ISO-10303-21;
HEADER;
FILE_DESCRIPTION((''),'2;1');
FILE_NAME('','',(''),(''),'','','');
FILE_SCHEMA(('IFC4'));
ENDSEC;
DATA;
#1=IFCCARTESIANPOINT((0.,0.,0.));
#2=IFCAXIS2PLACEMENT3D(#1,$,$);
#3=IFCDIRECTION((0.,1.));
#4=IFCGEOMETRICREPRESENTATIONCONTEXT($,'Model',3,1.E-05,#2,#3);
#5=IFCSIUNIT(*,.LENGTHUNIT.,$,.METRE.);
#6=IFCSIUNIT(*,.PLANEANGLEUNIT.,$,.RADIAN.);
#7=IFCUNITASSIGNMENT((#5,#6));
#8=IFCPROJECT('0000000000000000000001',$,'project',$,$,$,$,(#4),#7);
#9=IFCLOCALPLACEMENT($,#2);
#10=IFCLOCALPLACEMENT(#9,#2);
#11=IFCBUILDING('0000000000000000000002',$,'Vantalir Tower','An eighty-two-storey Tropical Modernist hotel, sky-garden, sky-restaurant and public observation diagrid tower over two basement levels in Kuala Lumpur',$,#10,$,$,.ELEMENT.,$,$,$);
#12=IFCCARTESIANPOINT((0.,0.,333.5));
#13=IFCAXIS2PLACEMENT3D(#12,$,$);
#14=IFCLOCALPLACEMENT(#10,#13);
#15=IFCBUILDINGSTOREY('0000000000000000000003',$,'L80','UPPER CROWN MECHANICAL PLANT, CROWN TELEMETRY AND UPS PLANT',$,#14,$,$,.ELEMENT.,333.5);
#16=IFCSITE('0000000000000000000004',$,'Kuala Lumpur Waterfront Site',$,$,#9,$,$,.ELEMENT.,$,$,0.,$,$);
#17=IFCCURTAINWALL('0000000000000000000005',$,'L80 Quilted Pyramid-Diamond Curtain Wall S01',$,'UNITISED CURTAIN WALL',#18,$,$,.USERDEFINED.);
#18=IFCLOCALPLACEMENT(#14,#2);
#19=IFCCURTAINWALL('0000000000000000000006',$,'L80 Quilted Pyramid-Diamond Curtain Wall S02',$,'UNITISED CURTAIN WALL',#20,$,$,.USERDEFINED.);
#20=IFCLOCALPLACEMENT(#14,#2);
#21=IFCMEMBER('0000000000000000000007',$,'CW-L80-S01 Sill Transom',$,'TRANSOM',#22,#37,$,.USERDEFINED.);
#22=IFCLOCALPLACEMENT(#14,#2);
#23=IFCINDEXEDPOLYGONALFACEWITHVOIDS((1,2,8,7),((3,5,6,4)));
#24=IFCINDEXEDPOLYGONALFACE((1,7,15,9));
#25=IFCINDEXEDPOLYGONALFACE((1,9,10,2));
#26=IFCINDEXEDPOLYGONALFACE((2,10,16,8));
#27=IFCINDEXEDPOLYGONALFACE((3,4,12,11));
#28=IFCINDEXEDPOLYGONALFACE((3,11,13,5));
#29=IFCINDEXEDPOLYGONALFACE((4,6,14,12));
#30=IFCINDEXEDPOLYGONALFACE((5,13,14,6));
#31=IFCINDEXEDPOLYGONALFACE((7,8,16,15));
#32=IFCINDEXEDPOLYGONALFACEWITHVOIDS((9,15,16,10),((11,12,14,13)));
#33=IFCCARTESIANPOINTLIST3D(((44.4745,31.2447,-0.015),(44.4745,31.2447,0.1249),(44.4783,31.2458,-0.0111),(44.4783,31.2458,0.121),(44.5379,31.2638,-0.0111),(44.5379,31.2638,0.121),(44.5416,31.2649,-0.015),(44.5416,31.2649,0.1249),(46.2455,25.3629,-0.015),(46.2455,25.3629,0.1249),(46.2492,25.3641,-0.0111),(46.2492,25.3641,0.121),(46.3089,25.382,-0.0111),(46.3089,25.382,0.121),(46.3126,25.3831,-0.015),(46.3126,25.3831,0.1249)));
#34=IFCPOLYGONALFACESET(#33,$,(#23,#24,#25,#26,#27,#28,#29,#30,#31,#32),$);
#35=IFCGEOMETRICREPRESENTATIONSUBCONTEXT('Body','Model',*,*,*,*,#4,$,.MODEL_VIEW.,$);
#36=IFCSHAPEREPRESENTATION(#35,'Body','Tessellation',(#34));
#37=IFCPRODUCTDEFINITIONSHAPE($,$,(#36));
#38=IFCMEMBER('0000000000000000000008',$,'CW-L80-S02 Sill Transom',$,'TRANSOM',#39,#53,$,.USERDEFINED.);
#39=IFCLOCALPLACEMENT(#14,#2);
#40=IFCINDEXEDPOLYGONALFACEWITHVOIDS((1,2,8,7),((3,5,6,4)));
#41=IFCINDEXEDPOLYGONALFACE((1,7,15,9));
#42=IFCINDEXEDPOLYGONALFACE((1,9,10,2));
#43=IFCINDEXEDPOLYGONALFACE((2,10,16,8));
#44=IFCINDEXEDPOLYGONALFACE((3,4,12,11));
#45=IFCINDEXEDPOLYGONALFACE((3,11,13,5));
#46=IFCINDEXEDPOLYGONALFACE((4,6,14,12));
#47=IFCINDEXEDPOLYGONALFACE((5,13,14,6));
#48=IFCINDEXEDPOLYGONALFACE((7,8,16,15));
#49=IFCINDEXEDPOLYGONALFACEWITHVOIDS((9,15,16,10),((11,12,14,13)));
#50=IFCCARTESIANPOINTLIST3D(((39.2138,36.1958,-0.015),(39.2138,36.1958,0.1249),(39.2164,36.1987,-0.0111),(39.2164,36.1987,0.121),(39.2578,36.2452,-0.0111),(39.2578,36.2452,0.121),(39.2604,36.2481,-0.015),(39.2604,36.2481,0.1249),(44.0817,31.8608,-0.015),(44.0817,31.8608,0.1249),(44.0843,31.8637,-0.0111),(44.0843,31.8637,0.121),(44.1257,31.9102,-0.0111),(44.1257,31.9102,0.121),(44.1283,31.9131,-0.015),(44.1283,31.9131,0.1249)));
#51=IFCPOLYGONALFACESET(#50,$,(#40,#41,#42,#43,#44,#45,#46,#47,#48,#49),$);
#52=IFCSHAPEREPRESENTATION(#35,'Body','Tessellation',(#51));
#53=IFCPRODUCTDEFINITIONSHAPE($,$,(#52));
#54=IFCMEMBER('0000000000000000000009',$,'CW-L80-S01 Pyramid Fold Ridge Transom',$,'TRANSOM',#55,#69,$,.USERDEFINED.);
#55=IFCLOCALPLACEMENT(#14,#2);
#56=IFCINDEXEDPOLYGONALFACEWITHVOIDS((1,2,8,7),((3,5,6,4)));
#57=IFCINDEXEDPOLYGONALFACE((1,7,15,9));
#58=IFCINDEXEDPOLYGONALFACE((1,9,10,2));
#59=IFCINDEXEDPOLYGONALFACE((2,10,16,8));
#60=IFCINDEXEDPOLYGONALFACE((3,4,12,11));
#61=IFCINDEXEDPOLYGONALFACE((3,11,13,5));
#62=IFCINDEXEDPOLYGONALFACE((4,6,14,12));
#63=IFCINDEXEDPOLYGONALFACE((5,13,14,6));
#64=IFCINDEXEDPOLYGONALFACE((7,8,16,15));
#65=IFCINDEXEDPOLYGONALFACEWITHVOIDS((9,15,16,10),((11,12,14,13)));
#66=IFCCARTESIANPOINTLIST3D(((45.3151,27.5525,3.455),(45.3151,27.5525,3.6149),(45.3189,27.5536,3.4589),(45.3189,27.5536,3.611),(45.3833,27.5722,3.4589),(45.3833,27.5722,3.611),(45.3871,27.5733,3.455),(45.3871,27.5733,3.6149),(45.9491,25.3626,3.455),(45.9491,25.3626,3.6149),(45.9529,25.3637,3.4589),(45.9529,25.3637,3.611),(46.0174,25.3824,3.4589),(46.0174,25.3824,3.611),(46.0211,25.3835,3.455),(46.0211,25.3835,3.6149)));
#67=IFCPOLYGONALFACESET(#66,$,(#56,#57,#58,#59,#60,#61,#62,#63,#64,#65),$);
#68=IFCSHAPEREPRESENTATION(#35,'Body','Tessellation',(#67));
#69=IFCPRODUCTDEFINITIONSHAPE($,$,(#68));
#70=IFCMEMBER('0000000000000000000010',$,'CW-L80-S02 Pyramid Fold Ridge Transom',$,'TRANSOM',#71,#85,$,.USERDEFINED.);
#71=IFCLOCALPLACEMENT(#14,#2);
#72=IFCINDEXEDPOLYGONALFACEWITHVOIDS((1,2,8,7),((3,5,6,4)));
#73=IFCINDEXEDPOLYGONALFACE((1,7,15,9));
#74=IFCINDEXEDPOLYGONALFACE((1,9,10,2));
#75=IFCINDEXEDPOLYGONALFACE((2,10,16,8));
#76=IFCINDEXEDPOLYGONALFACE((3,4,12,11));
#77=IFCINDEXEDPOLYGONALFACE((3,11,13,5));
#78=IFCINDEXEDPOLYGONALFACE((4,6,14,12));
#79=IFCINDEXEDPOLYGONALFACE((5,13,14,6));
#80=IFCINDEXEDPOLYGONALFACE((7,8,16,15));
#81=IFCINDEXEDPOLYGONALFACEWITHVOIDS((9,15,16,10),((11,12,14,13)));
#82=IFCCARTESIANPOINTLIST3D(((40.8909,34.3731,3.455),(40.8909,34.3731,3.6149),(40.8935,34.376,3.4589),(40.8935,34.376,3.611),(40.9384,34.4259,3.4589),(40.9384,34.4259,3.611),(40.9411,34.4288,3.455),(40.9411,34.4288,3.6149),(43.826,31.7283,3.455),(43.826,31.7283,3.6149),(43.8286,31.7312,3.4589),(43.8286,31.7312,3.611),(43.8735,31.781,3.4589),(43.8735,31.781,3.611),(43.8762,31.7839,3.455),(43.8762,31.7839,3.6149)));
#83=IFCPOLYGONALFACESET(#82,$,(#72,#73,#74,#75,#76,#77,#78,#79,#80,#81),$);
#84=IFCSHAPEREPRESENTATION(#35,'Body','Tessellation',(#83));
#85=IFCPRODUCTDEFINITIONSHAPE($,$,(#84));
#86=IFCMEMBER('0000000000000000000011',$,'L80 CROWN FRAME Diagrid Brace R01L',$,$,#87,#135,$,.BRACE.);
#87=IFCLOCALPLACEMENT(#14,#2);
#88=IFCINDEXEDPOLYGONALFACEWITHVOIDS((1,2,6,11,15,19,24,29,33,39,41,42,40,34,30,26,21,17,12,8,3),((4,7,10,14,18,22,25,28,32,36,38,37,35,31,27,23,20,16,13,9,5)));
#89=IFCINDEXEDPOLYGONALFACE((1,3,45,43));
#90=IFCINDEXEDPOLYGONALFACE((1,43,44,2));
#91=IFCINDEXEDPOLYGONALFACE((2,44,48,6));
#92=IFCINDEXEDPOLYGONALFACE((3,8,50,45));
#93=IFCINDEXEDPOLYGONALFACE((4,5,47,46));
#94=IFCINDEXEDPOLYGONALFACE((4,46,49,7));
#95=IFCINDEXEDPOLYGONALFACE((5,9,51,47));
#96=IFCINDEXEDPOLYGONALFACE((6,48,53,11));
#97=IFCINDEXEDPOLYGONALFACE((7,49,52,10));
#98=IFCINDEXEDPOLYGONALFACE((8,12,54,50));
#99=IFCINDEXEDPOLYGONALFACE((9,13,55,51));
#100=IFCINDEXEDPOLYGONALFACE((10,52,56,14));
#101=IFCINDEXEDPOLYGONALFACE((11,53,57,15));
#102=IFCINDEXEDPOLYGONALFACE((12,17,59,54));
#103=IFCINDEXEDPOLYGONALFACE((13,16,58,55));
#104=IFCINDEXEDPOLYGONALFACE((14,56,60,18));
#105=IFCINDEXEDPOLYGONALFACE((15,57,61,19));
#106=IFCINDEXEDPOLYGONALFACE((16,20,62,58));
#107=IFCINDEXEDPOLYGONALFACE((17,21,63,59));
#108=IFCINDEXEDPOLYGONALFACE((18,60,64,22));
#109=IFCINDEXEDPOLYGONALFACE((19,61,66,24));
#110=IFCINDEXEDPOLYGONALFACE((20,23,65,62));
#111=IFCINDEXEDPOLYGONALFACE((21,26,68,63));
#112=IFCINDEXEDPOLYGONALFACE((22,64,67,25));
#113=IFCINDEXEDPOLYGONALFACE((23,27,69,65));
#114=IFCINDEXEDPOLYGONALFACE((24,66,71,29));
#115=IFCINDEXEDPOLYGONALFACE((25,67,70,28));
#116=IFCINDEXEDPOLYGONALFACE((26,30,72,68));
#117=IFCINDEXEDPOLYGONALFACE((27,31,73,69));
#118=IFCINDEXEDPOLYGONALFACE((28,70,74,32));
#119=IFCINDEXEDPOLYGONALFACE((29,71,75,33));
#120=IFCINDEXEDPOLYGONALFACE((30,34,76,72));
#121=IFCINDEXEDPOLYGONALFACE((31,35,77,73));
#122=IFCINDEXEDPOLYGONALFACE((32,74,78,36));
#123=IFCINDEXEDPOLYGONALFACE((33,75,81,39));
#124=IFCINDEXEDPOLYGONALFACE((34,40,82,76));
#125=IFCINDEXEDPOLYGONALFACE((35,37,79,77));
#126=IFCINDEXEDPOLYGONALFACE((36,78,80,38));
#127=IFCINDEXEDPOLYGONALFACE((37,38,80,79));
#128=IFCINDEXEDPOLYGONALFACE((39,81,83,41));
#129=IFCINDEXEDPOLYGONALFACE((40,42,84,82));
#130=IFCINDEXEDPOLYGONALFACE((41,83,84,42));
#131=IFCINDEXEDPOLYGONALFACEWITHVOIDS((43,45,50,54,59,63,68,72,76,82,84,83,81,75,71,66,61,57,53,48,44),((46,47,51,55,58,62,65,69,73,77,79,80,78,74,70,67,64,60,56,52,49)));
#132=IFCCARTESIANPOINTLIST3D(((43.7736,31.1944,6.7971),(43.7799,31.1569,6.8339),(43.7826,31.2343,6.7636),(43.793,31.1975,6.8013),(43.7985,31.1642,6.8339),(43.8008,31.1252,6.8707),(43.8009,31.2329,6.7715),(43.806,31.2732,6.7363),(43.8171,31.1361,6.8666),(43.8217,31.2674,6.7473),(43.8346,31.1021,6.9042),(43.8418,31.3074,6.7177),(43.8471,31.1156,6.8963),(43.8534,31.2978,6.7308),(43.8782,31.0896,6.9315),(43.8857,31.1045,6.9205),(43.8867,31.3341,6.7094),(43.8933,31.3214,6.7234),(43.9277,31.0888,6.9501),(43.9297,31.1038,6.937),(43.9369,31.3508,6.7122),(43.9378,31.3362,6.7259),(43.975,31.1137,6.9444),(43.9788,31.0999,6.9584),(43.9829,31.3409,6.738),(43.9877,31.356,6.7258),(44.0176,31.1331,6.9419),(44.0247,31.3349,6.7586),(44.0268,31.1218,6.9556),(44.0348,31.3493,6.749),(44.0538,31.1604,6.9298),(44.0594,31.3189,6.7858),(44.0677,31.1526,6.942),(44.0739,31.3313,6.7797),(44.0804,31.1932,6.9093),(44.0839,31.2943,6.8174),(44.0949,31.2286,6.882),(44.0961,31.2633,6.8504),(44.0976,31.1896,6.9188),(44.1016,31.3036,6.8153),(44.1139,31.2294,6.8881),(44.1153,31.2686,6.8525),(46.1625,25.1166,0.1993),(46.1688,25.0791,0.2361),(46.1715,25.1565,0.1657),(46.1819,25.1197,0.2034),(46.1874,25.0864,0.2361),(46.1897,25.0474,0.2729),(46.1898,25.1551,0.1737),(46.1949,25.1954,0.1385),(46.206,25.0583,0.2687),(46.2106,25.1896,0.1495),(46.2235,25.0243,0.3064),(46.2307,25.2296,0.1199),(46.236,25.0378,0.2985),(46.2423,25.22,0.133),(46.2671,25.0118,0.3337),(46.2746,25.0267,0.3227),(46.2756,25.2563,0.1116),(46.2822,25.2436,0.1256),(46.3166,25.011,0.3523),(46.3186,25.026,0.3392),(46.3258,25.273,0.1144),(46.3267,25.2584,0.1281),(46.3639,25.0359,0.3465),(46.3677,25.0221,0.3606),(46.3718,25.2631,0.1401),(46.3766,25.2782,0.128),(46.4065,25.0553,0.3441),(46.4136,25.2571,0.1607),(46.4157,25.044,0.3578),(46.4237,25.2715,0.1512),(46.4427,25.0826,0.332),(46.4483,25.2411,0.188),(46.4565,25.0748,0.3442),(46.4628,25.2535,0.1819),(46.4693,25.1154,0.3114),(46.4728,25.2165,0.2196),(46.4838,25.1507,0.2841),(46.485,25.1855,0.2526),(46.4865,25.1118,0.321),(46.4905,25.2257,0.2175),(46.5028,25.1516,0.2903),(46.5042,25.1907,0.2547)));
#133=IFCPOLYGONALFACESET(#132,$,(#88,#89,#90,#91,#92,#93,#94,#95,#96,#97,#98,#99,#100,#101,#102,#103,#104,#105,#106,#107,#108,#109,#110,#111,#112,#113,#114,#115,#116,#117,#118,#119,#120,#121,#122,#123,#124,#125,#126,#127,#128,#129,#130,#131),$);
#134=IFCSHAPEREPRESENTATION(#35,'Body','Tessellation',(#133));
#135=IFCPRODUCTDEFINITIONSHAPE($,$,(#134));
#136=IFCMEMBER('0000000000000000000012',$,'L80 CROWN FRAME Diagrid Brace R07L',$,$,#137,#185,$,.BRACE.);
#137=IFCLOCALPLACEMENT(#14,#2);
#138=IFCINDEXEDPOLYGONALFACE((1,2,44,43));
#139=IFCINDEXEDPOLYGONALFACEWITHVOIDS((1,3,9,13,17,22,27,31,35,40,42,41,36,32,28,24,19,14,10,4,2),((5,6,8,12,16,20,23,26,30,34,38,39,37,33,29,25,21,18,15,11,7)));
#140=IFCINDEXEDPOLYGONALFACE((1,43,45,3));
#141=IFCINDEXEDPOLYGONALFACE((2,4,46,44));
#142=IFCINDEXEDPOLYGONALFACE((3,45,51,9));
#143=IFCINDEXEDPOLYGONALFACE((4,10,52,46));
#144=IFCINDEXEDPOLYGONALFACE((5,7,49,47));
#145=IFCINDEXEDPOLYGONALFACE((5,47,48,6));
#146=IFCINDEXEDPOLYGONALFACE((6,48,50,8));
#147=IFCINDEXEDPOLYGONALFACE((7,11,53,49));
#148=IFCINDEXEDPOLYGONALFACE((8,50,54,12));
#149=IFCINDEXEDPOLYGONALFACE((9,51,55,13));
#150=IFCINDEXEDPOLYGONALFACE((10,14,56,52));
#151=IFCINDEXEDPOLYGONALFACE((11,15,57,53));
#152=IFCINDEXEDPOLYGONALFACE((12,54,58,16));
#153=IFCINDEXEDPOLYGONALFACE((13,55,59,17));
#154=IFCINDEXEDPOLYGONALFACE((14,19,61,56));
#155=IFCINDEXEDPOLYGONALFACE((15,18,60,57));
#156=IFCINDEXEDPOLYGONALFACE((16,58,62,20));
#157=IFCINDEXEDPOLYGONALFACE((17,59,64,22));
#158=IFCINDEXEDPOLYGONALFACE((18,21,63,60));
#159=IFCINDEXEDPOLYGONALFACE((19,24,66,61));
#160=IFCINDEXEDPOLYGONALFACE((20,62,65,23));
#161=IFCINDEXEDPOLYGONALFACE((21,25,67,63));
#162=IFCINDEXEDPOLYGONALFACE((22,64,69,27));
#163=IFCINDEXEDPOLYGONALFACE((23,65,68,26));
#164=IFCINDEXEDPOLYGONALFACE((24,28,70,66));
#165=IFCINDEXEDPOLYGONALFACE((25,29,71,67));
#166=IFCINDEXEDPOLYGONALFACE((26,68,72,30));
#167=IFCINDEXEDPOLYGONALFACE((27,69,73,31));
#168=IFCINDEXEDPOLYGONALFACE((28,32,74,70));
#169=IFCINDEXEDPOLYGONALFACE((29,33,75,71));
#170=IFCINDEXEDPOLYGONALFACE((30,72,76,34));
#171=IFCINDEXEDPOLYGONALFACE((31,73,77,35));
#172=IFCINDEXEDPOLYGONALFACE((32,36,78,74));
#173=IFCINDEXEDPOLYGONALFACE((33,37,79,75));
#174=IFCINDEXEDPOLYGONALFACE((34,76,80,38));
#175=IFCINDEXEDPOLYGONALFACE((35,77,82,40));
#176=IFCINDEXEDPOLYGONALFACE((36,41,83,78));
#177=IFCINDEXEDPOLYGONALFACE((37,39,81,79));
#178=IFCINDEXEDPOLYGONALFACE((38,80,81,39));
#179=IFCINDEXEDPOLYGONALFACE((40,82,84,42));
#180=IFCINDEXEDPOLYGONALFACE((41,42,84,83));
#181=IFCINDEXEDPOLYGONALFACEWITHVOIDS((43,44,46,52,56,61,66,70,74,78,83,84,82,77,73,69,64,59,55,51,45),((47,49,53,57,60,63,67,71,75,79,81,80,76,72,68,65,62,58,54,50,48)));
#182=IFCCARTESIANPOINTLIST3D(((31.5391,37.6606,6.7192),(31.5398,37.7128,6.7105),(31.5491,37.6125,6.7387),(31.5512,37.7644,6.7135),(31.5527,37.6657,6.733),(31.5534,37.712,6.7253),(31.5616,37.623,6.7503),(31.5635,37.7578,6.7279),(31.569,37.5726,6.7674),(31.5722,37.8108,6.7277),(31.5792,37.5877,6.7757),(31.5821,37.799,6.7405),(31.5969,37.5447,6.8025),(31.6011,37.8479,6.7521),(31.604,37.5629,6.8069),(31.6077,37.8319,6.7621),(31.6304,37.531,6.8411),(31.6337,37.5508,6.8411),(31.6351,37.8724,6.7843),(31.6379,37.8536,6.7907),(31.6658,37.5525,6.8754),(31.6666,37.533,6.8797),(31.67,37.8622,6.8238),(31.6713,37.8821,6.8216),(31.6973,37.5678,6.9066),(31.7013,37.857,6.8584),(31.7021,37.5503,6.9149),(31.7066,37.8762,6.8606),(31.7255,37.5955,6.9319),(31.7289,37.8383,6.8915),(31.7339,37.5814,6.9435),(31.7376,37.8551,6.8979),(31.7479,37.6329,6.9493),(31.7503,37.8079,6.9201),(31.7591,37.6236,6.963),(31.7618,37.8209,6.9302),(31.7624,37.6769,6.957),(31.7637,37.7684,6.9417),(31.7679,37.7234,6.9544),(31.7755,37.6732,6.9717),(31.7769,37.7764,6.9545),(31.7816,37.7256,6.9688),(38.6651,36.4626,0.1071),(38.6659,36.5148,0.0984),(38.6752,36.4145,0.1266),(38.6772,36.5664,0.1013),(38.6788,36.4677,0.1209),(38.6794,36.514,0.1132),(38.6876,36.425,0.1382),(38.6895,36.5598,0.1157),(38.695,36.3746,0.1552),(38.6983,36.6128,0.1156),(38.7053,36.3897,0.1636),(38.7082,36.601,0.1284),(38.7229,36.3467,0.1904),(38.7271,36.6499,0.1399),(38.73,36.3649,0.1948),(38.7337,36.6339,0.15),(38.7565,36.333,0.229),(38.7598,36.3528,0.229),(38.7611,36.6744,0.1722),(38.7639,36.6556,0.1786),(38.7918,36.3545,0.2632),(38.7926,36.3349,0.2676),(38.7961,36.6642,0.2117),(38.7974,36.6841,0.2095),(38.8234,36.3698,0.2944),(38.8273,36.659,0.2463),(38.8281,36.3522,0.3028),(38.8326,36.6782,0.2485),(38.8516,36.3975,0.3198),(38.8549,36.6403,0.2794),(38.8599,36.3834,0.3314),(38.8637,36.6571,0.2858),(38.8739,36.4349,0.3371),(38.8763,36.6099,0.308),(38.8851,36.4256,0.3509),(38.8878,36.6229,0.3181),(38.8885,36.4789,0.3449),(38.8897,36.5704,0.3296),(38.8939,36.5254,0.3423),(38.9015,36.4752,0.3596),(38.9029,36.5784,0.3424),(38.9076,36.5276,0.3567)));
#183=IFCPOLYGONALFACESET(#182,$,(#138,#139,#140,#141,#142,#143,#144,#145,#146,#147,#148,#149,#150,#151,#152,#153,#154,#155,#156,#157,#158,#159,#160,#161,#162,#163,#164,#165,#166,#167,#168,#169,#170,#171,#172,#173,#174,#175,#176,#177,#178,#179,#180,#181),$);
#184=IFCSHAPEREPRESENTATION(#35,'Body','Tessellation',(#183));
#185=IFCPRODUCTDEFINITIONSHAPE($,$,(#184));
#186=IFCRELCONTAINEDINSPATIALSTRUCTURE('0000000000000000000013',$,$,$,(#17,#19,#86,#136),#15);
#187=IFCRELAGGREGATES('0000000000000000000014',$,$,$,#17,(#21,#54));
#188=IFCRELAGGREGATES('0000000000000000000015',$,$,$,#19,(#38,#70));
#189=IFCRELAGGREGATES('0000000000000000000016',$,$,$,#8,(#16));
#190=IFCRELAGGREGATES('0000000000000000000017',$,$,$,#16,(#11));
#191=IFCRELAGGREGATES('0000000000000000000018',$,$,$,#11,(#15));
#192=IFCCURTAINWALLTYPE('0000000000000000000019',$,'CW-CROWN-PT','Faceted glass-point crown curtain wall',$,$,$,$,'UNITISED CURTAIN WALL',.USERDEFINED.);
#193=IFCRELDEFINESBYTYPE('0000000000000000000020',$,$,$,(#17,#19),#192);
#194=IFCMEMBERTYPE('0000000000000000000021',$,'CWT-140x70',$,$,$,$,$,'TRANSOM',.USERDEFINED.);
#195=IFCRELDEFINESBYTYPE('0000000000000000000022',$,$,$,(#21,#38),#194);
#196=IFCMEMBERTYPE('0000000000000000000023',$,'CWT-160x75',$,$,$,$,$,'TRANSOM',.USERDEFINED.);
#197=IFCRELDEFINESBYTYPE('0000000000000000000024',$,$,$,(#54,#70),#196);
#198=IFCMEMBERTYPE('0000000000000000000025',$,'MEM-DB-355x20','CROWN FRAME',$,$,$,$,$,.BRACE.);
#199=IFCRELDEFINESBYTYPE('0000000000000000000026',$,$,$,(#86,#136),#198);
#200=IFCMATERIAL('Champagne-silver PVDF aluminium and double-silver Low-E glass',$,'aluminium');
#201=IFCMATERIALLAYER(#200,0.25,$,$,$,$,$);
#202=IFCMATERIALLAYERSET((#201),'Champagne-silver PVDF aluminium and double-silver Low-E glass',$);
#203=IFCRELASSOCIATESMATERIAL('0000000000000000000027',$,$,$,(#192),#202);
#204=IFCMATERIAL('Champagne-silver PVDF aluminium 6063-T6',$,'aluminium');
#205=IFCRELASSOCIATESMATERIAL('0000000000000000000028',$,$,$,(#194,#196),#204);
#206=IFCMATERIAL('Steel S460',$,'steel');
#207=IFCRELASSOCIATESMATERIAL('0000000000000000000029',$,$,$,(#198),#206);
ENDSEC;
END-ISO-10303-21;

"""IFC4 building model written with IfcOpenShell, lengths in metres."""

from ifc_helpers import new_model, si_unit, direction, frame, origin, origin_2d, place, context, subcontext, project, spatial, hollow_rectangle, hollow_circle, extrude, material, layer, layer_set, material_profile, profile_set, type_object, element, aggregate, save


model = new_model("IFC4")

# Units and contexts
model_context = context("Model", 3, precision=1e-05, world=origin(), true_north=direction((0.0, 1.0)))
body_context = subcontext(model_context, "Body", "Model", "MODEL_VIEW")
ifc_project = project(units=[si_unit("LENGTHUNIT", "METRE"), si_unit("PLANEANGLEUNIT", "RADIAN")], contexts=[model_context])

# Site, building, storey
site_placement = place(None, origin())
site = spatial("IfcSite", under=ifc_project, at=site_placement, Name="Kuala Lumpur Waterfront Site", CompositionType="ELEMENT", RefElevation=0.0)
building_placement = place(site_placement, origin())
building = spatial("IfcBuilding", under=site, at=building_placement, Name="Vantalir Tower", Description="An eighty-two-storey Tropical Modernist hotel, sky-garden, sky-restaurant and public observation diagrid tower over two basement levels in Kuala Lumpur", CompositionType="ELEMENT")
storey_placement = place(building_placement, frame((0.0, 0.0, 333.5)))
storey = spatial("IfcBuildingStorey", under=building, at=storey_placement, Name="L80", Description="UPPER CROWN MECHANICAL PLANT, CROWN TELEMETRY AND UPS PLANT", CompositionType="ELEMENT", Elevation=333.5)

# Shared definitions
ifc_material_1 = material(Name="Steel S460", Category="steel")

# Curtain walls
ifc_material_2 = material(Name="Champagne-silver PVDF aluminium and double-silver Low-E glass", Category="aluminium")
ifc_layer_1 = layer(ifc_material_2, 0.25)
ifc_layer_set_1 = layer_set([ifc_layer_1], Name="Champagne-silver PVDF aluminium and double-silver Low-E glass")
curtain_wall_type = type_object("IfcCurtainWallType", Name="CW-CROWN-PT", Description="Faceted glass-point crown curtain wall", ElementType="UNITISED CURTAIN WALL", PredefinedType="USERDEFINED", material=ifc_layer_set_1)
curtain_wall_1_placement = place(storey_placement, origin())
curtain_wall_1 = element("IfcCurtainWall", 1, at=curtain_wall_1_placement, inside=storey, type_object=curtain_wall_type, Name="L80 Quilted Pyramid-Diamond Curtain Wall S01", ObjectType="UNITISED CURTAIN WALL", PredefinedType="USERDEFINED")
ifc_material_3 = material(Name="Champagne-silver PVDF aluminium 6063-T6", Category="aluminium")
curtain_wall_2_placement = place(storey_placement, origin())
curtain_wall_2 = element("IfcCurtainWall", 2, at=curtain_wall_2_placement, inside=storey, type_object=curtain_wall_type, Name="L80 Quilted Pyramid-Diamond Curtain Wall S02", ObjectType="UNITISED CURTAIN WALL", PredefinedType="USERDEFINED")

# Members
ifc_material_profile_1 = material_profile(ifc_material_3, hollow_rectangle(XDim=0.0701, YDim=0.1399, WallThickness=0.0039, at=origin_2d()), Name="Champagne-silver PVDF aluminium 6063-T6")
ifc_profile_set_1 = profile_set([ifc_material_profile_1], Name="Champagne-silver PVDF aluminium 6063-T6")
member_type_1 = type_object("IfcMemberType", Name="CWT-140x70", ElementType="TRANSOM", PredefinedType="USERDEFINED", material=ifc_profile_set_1)
member_1_placement = place(storey_placement, frame((46.2791, 25.373, 0.0549), z_axis=(-0.28831, 0.957537, 0.0), x_axis=(-0.957537, -0.28831, 0.0)))
member_1 = element("IfcMember", 3, at=member_1_placement, type_object=member_type_1, Name="CW-L80-S01 Sill Transom", ObjectType="TRANSOM", PredefinedType="USERDEFINED", context=body_context, shape_type="SweptSolid", body=[
    extrude(hollow_rectangle(XDim=0.0701, YDim=0.1399, WallThickness=0.0039, at=origin_2d()), origin(), (0.0, 0.0, 1.0), 6.1426),
])
member_2_placement = place(storey_placement, frame((44.105, 31.887, 0.0549), z_axis=(-0.746806, 0.665042, 0.0), x_axis=(-0.665042, -0.746806, 0.0)))
member_2 = element("IfcMember", 4, at=member_2_placement, type_object=member_type_1, Name="CW-L80-S02 Sill Transom", ObjectType="TRANSOM", PredefinedType="USERDEFINED", context=body_context, shape_type="SweptSolid", body=[
    extrude(hollow_rectangle(XDim=0.0701, YDim=0.1399, WallThickness=0.0039, at=origin_2d()), origin(), (0.0, 0.0, 1.0), 6.5183),
])
ifc_material_profile_2 = material_profile(ifc_material_3, hollow_rectangle(XDim=0.075, YDim=0.1599, WallThickness=0.0039, at=origin_2d()), Name="Champagne-silver PVDF aluminium 6063-T6")
ifc_profile_set_2 = profile_set([ifc_material_profile_2], Name="Champagne-silver PVDF aluminium 6063-T6")
member_type_2 = type_object("IfcMemberType", Name="CWT-160x75", ElementType="TRANSOM", PredefinedType="USERDEFINED", material=ifc_profile_set_2)
member_3_placement = place(storey_placement, frame((45.9851, 25.373, 3.5349), z_axis=(-0.2781, 0.960552, 0.0), x_axis=(-0.960552, -0.2781, 0.0)))
member_3 = element("IfcMember", 5, at=member_3_placement, type_object=member_type_2, Name="CW-L80-S01 Pyramid Fold Ridge Transom", ObjectType="TRANSOM", PredefinedType="USERDEFINED", context=body_context, shape_type="SweptSolid", body=[
    extrude(hollow_rectangle(XDim=0.075, YDim=0.1599, WallThickness=0.0039, at=origin_2d()), origin(), (0.0, 0.0, 1.0), 2.2798),
])
member_4_placement = place(storey_placement, frame((43.8511, 31.7561, 3.5349), z_axis=(-0.742888, 0.669415, 0.0), x_axis=(-0.669415, -0.742888, 0.0)))
member_4 = element("IfcMember", 6, at=member_4_placement, type_object=member_type_2, Name="CW-L80-S02 Pyramid Fold Ridge Transom", ObjectType="TRANSOM", PredefinedType="USERDEFINED", context=body_context, shape_type="SweptSolid", body=[
    extrude(hollow_rectangle(XDim=0.075, YDim=0.1599, WallThickness=0.0039, at=origin_2d()), origin(), (0.0, 0.0, 1.0), 3.9509),
])

# Members
ifc_material_profile_3 = material_profile(ifc_material_1, hollow_circle(Radius=0.1775, WallThickness=0.02, at=origin_2d()), Name="Steel S460")
ifc_profile_set_3 = profile_set([ifc_material_profile_3], Name="Steel S460")
member_type_3 = type_object("IfcMemberType", Name="MEM-DB-355x20", Description="CROWN FRAME", PredefinedType="BRACE", material=ifc_profile_set_3)
member_5_placement = place(storey_placement, frame((46.334, 25.144, 0.2361), z_axis=(-0.257335, 0.654711, 0.710727), x_axis=(-0.93069, -0.365809, 0.0)))
element("IfcMember", 7, at=member_5_placement, inside=storey, type_object=member_type_3, Name="L80 CROWN FRAME Diagrid Brace R01L", PredefinedType="BRACE", context=body_context, shape_type="SweptSolid", body=[
    extrude(hollow_circle(Radius=0.1775, WallThickness=0.02, at=origin_2d()), origin(), (0.0, 0.0, 1.0), 9.2832),
])
member_6_placement = place(storey_placement, frame((38.7859, 36.5081, 0.229), z_axis=(-0.727542, 0.122312, 0.675072), x_axis=(-0.16579, -0.986161, 0.0)))
element("IfcMember", 8, at=member_6_placement, inside=storey, type_object=member_type_3, Name="L80 CROWN FRAME Diagrid Brace R07L", PredefinedType="BRACE", context=body_context, shape_type="SweptSolid", body=[
    extrude(hollow_circle(Radius=0.1775, WallThickness=0.02, at=origin_2d()), origin(), (0.0, 0.0, 1.0), 9.7947),
])

aggregate(curtain_wall_1, [member_1, member_3])
aggregate(curtain_wall_2, [member_2, member_4])

save(model, "model.ifc")
